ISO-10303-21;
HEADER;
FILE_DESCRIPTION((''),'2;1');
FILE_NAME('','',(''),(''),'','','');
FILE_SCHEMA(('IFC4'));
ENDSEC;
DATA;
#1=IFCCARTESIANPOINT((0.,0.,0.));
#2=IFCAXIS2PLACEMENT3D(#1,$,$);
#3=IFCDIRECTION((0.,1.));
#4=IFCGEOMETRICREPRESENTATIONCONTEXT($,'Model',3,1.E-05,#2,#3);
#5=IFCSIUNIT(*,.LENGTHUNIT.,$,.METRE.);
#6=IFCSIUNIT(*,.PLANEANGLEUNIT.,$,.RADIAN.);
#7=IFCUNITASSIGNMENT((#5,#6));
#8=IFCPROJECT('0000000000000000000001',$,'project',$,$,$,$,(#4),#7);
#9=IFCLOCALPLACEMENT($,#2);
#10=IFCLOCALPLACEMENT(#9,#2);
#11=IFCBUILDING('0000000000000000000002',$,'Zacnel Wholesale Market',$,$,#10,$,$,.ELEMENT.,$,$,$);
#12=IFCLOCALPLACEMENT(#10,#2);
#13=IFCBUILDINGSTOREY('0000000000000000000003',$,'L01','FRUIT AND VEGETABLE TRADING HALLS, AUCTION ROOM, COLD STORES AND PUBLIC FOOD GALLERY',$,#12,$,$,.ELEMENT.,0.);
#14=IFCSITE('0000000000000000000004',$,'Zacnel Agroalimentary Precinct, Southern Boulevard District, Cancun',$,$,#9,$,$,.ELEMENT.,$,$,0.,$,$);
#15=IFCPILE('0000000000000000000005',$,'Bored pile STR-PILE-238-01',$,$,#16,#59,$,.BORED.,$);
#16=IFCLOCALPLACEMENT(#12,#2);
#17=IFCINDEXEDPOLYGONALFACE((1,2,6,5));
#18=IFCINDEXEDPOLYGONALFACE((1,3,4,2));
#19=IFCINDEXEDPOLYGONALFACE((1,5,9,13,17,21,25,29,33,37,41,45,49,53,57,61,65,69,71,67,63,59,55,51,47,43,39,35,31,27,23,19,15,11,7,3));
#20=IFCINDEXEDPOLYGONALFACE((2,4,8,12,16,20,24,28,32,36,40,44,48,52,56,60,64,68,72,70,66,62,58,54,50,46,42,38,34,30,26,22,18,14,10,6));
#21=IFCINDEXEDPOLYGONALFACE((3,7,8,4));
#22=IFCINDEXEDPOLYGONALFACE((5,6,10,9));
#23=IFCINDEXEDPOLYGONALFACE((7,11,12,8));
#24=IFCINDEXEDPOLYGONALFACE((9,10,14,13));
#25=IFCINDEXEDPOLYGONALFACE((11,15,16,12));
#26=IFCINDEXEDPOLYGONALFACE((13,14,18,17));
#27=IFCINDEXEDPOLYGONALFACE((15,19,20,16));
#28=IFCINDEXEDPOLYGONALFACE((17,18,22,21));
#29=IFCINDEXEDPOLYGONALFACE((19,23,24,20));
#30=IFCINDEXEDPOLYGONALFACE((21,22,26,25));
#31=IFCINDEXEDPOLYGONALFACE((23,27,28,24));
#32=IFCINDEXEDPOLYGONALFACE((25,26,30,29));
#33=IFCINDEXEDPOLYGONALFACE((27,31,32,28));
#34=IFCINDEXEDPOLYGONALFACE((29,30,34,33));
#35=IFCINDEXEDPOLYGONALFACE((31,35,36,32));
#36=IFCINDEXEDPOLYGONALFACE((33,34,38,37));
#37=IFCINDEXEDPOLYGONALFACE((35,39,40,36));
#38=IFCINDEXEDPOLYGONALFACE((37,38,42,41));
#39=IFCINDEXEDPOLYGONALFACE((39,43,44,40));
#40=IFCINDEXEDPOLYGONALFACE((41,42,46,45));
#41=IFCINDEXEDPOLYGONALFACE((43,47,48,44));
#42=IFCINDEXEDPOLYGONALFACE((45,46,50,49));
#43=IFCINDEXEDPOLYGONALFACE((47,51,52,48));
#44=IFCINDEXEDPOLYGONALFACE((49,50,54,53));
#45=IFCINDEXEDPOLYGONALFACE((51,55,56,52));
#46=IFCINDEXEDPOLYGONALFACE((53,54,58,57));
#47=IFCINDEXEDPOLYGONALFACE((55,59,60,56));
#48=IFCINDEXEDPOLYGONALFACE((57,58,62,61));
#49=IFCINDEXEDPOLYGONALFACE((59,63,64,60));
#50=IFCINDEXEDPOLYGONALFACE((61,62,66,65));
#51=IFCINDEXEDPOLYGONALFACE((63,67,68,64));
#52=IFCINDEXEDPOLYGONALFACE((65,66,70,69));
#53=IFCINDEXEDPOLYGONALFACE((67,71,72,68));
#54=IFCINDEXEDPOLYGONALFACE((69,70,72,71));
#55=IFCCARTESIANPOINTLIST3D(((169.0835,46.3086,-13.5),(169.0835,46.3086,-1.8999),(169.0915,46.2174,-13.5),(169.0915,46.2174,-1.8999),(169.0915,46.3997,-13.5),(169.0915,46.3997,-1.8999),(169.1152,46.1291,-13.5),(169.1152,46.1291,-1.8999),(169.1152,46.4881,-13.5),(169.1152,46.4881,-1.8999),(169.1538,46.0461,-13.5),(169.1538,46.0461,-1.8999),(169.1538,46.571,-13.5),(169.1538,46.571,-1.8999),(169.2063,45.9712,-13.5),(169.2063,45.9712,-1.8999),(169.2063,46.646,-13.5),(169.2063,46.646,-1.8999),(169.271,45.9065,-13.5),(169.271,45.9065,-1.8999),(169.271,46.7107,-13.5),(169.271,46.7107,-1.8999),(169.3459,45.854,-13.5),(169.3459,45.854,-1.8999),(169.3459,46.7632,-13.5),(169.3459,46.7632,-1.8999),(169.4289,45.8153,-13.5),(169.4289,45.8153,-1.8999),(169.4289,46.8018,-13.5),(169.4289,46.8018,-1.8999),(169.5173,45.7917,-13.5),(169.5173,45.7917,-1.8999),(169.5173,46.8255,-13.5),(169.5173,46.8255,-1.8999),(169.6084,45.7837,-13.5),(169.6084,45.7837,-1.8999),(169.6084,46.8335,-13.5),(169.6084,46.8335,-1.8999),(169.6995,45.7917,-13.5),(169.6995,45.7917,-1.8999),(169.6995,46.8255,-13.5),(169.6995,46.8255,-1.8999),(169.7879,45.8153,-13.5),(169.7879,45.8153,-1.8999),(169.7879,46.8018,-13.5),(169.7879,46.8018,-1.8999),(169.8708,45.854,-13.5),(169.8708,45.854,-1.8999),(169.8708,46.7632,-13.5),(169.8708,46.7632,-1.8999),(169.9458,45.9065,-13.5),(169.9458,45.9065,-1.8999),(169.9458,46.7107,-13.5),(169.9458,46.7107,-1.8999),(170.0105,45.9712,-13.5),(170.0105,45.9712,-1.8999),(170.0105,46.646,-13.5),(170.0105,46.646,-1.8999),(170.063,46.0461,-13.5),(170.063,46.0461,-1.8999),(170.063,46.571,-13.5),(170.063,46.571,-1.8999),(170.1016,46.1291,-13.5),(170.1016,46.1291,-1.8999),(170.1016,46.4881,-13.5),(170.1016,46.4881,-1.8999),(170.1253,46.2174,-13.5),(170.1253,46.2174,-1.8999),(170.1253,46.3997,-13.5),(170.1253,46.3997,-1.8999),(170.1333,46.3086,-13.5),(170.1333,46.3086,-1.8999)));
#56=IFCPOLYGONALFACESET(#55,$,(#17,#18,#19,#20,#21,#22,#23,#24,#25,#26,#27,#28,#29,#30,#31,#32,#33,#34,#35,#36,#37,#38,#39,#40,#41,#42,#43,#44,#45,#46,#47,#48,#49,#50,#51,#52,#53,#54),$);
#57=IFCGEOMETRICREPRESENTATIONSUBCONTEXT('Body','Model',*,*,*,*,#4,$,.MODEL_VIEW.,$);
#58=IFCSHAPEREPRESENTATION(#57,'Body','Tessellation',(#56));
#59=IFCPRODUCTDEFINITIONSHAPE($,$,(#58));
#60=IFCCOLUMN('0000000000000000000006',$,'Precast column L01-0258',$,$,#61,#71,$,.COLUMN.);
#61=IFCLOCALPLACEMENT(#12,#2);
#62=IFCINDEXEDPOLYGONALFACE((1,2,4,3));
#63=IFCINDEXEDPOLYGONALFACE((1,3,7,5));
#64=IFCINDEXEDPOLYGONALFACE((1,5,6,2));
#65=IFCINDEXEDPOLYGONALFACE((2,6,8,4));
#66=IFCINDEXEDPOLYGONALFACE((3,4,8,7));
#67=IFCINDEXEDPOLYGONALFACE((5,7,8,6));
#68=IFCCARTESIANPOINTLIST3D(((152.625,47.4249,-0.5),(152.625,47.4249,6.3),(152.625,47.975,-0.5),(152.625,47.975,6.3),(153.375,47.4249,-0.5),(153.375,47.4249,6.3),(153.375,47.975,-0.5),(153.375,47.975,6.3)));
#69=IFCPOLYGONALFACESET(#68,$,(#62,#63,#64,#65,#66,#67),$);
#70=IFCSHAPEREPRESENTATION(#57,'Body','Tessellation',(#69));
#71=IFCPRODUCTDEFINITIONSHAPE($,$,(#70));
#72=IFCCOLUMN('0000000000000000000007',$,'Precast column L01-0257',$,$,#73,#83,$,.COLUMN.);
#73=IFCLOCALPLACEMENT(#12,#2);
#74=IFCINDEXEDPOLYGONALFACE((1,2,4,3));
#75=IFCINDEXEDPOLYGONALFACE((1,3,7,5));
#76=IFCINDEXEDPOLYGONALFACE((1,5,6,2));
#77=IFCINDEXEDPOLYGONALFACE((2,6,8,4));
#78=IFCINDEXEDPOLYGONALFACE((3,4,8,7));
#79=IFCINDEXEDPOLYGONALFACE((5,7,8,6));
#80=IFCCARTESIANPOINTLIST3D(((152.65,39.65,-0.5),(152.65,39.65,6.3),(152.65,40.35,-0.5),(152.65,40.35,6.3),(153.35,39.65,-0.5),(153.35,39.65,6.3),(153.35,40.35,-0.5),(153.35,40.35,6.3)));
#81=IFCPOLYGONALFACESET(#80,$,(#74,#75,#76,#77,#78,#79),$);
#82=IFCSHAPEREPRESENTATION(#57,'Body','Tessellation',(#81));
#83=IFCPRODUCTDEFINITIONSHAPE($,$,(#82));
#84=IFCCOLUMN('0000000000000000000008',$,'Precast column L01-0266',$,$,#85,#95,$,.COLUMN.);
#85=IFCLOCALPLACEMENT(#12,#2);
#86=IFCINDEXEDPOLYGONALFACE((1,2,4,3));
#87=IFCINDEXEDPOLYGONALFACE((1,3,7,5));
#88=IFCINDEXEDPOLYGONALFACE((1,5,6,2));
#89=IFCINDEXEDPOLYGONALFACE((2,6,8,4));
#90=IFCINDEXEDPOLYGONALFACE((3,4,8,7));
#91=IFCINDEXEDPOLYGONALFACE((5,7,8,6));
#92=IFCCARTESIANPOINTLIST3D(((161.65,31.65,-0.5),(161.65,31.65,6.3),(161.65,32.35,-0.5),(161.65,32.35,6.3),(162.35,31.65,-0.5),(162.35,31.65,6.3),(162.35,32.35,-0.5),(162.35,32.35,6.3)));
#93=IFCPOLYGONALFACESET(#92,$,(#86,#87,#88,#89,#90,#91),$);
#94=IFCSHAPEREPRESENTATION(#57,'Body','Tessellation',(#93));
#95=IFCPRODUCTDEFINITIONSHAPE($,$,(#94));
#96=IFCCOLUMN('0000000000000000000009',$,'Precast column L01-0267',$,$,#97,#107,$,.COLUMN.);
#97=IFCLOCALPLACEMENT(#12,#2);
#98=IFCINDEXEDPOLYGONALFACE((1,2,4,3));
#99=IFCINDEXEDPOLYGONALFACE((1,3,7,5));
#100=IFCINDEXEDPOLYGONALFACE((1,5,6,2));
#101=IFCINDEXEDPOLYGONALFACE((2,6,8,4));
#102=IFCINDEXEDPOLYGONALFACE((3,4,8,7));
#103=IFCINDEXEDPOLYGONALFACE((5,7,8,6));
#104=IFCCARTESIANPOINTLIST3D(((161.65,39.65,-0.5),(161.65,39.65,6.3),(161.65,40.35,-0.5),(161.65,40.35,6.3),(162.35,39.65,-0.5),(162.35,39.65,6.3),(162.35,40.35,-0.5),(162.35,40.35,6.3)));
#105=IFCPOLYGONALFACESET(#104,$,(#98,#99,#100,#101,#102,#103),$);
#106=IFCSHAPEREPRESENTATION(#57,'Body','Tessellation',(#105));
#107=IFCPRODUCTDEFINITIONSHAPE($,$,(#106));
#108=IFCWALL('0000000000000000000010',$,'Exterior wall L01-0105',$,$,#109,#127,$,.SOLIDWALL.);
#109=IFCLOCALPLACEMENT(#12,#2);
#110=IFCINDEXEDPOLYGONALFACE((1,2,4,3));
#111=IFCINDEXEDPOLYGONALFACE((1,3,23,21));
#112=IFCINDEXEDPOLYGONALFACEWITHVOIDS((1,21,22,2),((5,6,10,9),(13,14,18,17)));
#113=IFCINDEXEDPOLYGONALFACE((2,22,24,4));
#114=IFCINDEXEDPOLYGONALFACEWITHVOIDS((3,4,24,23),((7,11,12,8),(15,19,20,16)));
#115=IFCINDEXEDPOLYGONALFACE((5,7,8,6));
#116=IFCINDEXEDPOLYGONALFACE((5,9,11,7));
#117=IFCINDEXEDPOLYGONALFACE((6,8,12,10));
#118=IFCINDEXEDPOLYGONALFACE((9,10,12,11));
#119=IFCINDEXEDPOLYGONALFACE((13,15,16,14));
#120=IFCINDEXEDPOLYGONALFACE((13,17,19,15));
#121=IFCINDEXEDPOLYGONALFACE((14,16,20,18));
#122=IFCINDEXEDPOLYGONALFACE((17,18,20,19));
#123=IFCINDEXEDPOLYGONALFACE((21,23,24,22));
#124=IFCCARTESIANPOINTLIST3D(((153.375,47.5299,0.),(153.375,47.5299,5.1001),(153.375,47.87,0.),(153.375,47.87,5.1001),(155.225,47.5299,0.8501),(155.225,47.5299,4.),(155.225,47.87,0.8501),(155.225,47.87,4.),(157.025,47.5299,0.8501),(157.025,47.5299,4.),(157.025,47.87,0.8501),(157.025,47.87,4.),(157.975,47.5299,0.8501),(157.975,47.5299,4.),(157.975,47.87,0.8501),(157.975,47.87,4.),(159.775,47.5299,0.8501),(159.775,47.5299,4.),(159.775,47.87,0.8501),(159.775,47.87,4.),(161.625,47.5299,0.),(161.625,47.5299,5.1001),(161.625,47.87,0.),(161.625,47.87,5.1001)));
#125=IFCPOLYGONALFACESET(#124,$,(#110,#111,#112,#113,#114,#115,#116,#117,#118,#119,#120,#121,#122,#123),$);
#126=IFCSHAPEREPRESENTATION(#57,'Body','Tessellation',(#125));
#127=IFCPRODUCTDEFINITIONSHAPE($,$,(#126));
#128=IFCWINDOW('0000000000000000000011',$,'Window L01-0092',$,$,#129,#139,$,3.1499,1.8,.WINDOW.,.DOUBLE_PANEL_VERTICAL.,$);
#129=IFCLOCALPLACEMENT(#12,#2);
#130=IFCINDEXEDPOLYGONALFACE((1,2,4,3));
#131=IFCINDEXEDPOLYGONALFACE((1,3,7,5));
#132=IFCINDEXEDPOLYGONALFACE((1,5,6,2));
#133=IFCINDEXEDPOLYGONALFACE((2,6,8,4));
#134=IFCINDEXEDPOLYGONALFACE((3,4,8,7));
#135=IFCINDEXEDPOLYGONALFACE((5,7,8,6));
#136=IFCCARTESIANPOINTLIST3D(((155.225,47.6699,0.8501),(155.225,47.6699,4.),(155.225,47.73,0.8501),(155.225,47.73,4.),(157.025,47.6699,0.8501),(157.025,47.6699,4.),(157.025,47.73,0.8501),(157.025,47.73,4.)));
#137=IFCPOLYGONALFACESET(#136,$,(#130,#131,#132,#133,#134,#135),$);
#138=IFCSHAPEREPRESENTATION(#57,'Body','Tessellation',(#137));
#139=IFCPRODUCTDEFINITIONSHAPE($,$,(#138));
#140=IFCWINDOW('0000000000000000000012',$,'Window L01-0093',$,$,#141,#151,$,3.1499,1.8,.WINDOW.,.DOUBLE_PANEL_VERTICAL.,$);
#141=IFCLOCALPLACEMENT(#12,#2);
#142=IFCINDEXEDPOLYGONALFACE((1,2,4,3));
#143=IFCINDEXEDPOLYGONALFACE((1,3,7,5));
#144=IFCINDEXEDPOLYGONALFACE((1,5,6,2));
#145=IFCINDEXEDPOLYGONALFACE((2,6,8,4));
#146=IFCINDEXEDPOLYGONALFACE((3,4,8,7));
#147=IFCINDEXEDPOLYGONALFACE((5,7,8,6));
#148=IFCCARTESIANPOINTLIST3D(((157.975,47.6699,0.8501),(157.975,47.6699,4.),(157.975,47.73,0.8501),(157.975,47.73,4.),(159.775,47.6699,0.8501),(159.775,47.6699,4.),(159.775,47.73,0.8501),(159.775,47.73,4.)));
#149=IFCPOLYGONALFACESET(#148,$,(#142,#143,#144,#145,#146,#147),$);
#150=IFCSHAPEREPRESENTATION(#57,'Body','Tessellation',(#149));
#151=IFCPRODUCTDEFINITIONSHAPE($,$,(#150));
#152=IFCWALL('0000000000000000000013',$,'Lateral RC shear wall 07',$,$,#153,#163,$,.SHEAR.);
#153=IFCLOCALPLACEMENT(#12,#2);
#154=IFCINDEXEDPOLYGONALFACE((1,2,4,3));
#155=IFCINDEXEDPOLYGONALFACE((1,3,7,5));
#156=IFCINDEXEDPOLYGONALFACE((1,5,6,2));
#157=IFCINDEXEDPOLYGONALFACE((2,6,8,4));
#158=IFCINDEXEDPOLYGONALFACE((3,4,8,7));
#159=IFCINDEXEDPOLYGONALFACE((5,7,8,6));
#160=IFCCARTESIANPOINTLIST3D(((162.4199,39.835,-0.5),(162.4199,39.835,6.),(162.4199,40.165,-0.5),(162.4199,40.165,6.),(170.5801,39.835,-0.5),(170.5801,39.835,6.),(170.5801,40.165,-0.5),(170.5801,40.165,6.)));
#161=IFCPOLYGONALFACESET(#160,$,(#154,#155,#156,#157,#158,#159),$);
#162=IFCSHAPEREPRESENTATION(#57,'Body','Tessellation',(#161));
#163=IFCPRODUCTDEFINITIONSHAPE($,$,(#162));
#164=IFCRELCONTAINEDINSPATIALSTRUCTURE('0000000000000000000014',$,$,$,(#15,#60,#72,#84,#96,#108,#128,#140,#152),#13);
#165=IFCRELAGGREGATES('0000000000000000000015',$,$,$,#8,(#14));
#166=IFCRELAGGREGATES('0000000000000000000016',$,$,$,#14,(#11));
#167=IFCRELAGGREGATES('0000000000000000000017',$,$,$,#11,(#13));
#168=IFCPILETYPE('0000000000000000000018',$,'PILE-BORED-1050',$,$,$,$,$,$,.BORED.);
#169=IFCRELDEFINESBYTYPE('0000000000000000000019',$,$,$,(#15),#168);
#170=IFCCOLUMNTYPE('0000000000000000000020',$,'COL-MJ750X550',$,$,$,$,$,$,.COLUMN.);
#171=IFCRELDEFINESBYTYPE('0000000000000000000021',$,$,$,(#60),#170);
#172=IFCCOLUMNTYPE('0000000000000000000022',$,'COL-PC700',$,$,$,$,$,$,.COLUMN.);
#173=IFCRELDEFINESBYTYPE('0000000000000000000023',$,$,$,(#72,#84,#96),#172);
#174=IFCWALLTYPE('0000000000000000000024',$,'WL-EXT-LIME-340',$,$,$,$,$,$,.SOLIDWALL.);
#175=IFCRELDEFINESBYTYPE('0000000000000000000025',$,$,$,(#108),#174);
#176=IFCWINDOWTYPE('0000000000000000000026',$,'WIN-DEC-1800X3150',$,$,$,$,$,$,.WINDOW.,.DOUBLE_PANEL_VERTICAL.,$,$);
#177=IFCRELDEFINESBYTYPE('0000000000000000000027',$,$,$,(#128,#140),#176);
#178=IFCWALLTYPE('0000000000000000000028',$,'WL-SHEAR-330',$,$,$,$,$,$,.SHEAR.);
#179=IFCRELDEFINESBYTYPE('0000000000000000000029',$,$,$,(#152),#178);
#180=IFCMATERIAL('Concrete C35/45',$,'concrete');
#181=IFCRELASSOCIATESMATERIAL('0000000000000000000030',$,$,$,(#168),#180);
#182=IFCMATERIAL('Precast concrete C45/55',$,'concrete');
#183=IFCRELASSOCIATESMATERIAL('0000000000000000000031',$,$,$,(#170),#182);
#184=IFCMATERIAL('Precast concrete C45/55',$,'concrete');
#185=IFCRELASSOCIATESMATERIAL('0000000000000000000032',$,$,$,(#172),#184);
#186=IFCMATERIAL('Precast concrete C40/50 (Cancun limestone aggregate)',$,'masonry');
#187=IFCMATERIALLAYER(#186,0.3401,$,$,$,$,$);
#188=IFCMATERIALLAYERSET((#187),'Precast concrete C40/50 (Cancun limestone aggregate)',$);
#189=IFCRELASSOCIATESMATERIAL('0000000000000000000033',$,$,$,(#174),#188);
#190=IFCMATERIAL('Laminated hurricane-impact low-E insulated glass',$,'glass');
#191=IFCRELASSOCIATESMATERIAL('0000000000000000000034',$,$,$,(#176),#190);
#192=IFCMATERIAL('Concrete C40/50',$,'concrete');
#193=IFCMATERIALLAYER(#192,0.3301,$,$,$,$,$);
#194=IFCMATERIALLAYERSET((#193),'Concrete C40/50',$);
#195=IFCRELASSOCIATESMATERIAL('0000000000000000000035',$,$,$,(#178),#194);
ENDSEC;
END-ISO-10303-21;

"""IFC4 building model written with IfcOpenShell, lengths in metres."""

from ifc_helpers import new_model, si_unit, direction, frame, frame_2d, origin, origin_2d, place, context, subcontext, project, spatial, rectangle, circle, extrude, material, layer, layer_set, material_profile, profile_set, type_object, element, fill, save


model = new_model("IFC4")

# Units and contexts
model_context = context("Model", 3, precision=1e-05, world=origin(), true_north=direction((0.0, 1.0)))
body_context = subcontext(model_context, "Body", "Model", "MODEL_VIEW")
ifc_project = project(units=[si_unit("LENGTHUNIT", "METRE"), si_unit("PLANEANGLEUNIT", "RADIAN")], contexts=[model_context])

# Site, building, storey
site_placement = place(None, origin())
site = spatial("IfcSite", under=ifc_project, at=site_placement, Name="Zacnel Agroalimentary Precinct, Southern Boulevard District, Cancun", CompositionType="ELEMENT", RefElevation=0.0)
building_placement = place(site_placement, origin())
building = spatial("IfcBuilding", under=site, at=building_placement, Name="Zacnel Wholesale Market", CompositionType="ELEMENT")
storey_placement = place(building_placement, origin())
storey = spatial("IfcBuildingStorey", under=building, at=storey_placement, Name="L01", Description="FRUIT AND VEGETABLE TRADING HALLS, AUCTION ROOM, COLD STORES AND PUBLIC FOOD GALLERY", CompositionType="ELEMENT", Elevation=0.0)

# Pile
ifc_material_1 = material(Name="Concrete C35/45", Category="concrete")
ifc_material_profile_1 = material_profile(ifc_material_1, circle(Radius=0.5249, at=origin_2d()), Name="BORED PILE D1050")
ifc_profile_set_1 = profile_set([ifc_material_profile_1], Name="Concrete C35/45")
pile_type = type_object("IfcPileType", Name="PILE-BORED-1050", PredefinedType="BORED", material=ifc_profile_set_1)
for number, where, z_axis, x_axis, name in (
    (1, (169.6084, 46.3086, -1.8999), (0.0, 0.0, -1.0), (1.0, 0.0, 0.0), "Bored pile STR-PILE-238-01"),
):
    element("IfcPile", number, at=place(storey_placement, frame(where, z_axis=z_axis, x_axis=x_axis)), inside=storey, type_object=pile_type, Name=name, PredefinedType="BORED", context=body_context, shape_type="SweptSolid", body=[
        extrude(circle(Radius=0.5249, at=origin_2d()), origin(), (0.0, 0.0, 1.0), 11.6001),
    ])

# Columns
ifc_material_2 = material(Name="Precast concrete C45/55", Category="concrete")
ifc_material_profile_2 = material_profile(ifc_material_2, rectangle(XDim=0.75, YDim=0.55, at=origin_2d()), Name="PC 750x550")
ifc_profile_set_2 = profile_set([ifc_material_profile_2], Name="Precast concrete C45/55")
column_type_1 = type_object("IfcColumnType", Name="COL-MJ750X550", PredefinedType="COLUMN", material=ifc_profile_set_2)
column_placement = place(storey_placement, frame((153.0, 47.7, -0.5), z_axis=(0.0, 0.0, 1.0), x_axis=(1.0, 0.0, 0.0)))
element("IfcColumn", 2, at=column_placement, inside=storey, type_object=column_type_1, Name="Precast column L01-0258", PredefinedType="COLUMN", context=body_context, shape_type="SweptSolid", body=[
    extrude(rectangle(XDim=0.75, YDim=0.55, at=origin_2d()), origin(), (0.0, 0.0, 1.0), 6.8),
])
ifc_material_3 = material(Name="Precast concrete C45/55", Category="concrete")
ifc_material_profile_3 = material_profile(ifc_material_3, rectangle(XDim=0.7, YDim=0.7, at=origin_2d()), Name="PC 700x700")
ifc_profile_set_3 = profile_set([ifc_material_profile_3], Name="Precast concrete C45/55")
column_type_2 = type_object("IfcColumnType", Name="COL-PC700", PredefinedType="COLUMN", material=ifc_profile_set_3)
for number, where, z_axis, x_axis, name in (
    (3, (153.0, 40.0, -0.5), (0.0, 0.0, 1.0), (1.0, 0.0, 0.0), "Precast column L01-0257"),
    (4, (162.0, 32.0, -0.5), (0.0, 0.0, 1.0), (1.0, 0.0, 0.0), "Precast column L01-0266"),
    (5, (162.0, 40.0, -0.5), (0.0, 0.0, 1.0), (1.0, 0.0, 0.0), "Precast column L01-0267"),
):
    element("IfcColumn", number, at=place(storey_placement, frame(where, z_axis=z_axis, x_axis=x_axis)), inside=storey, type_object=column_type_2, Name=name, PredefinedType="COLUMN", context=body_context, shape_type="SweptSolid", body=[
        extrude(rectangle(XDim=0.7, YDim=0.7, at=origin_2d()), origin(), (0.0, 0.0, 1.0), 6.8),
    ])

# Wall, openings, windows
ifc_material_4 = material(Name="Precast concrete C40/50 (Cancun limestone aggregate)", Category="masonry")
ifc_layer_1 = layer(ifc_material_4, 0.3401)
ifc_layer_set_1 = layer_set([ifc_layer_1], Name="Precast concrete C40/50 (Cancun limestone aggregate)")
wall_type_1 = type_object("IfcWallType", Name="WL-EXT-LIME-340", PredefinedType="SOLIDWALL", material=ifc_layer_set_1)
wall_1_placement = place(storey_placement, frame((153.375, 47.7, 0.0), z_axis=(0.0, 0.0, 1.0), x_axis=(1.0, 0.0, 0.0)))
wall_1 = element("IfcWall", 6, at=wall_1_placement, inside=storey, type_object=wall_type_1, Name="Exterior wall L01-0105", PredefinedType="SOLIDWALL", context=body_context, shape_type="SweptSolid", body=[
    extrude(rectangle(XDim=8.25, YDim=0.3401, at=frame_2d((4.125, 0.0))), origin(), (0.0, 0.0, 1.0), 5.1001),
])
opening_1_placement = place(wall_1_placement, frame((1.8501, 0.0, 0.8501)))
opening_1 = element("IfcOpeningElement", 7, at=opening_1_placement, cuts=wall_1, PredefinedType="OPENING", context=body_context, shape_type="SweptSolid", body=[
    extrude(rectangle(XDim=1.8, YDim=3.1499, at=frame_2d((0.8999, 1.575))), frame((0.0, 0.1799, 0.0), z_axis=(0.0, -1.0, 0.0), x_axis=(1.0, 0.0, 0.0)), (0.0, 0.0, 1.0), 0.3601),
])
opening_2_placement = place(wall_1_placement, frame((4.6001, 0.0, 0.8501)))
opening_2 = element("IfcOpeningElement", 8, at=opening_2_placement, cuts=wall_1, PredefinedType="OPENING", context=body_context, shape_type="SweptSolid", body=[
    extrude(rectangle(XDim=1.8, YDim=3.1499, at=frame_2d((0.8999, 1.575))), frame((0.0, 0.1799, 0.0), z_axis=(0.0, -1.0, 0.0), x_axis=(1.0, 0.0, 0.0)), (0.0, 0.0, 1.0), 0.3601),
])
ifc_material_5 = material(Name="Laminated hurricane-impact low-E insulated glass", Category="glass")
window_type = type_object("IfcWindowType", Name="WIN-DEC-1800X3150", PartitioningType="DOUBLE_PANEL_VERTICAL", PredefinedType="WINDOW", material=ifc_material_5)
window_1_placement = place(opening_1_placement, origin())
window_1 = element("IfcWindow", 9, at=window_1_placement, inside=storey, type_object=window_type, Name="Window L01-0092", OverallHeight=3.1499, OverallWidth=1.8, PartitioningType="DOUBLE_PANEL_VERTICAL", PredefinedType="WINDOW", context=body_context, shape_type="SweptSolid", body=[
    extrude(rectangle(XDim=1.8, YDim=3.1499, at=frame_2d((0.8999, 1.575))), frame((0.0, 0.03, 0.0), z_axis=(0.0, -1.0, 0.0), x_axis=(1.0, 0.0, 0.0)), (0.0, 0.0, 1.0), 0.0601),
])
fill(opening_1, window_1)
window_2_placement = place(opening_2_placement, origin())
window_2 = element("IfcWindow", 10, at=window_2_placement, inside=storey, type_object=window_type, Name="Window L01-0093", OverallHeight=3.1499, OverallWidth=1.8, PartitioningType="DOUBLE_PANEL_VERTICAL", PredefinedType="WINDOW", context=body_context, shape_type="SweptSolid", body=[
    extrude(rectangle(XDim=1.8, YDim=3.1499, at=frame_2d((0.8999, 1.575))), frame((0.0, 0.03, 0.0), z_axis=(0.0, -1.0, 0.0), x_axis=(1.0, 0.0, 0.0)), (0.0, 0.0, 1.0), 0.0601),
])
fill(opening_2, window_2)

# Wall
ifc_material_6 = material(Name="Concrete C40/50", Category="concrete")
ifc_layer_2 = layer(ifc_material_6, 0.3301)
ifc_layer_set_2 = layer_set([ifc_layer_2], Name="Concrete C40/50")
wall_type_2 = type_object("IfcWallType", Name="WL-SHEAR-330", PredefinedType="SHEAR", material=ifc_layer_set_2)
wall_2_placement = place(storey_placement, frame((162.4199, 40.0, -0.5), z_axis=(0.0, 0.0, 1.0), x_axis=(1.0, 0.0, 0.0)))
element("IfcWall", 11, at=wall_2_placement, inside=storey, type_object=wall_type_2, Name="Lateral RC shear wall 07", PredefinedType="SHEAR", context=body_context, shape_type="SweptSolid", body=[
    extrude(rectangle(XDim=8.1602, YDim=0.3301, at=frame_2d((4.0801, 0.0))), origin(), (0.0, 0.0, 1.0), 6.5),
])

save(model, "model.ifc")
